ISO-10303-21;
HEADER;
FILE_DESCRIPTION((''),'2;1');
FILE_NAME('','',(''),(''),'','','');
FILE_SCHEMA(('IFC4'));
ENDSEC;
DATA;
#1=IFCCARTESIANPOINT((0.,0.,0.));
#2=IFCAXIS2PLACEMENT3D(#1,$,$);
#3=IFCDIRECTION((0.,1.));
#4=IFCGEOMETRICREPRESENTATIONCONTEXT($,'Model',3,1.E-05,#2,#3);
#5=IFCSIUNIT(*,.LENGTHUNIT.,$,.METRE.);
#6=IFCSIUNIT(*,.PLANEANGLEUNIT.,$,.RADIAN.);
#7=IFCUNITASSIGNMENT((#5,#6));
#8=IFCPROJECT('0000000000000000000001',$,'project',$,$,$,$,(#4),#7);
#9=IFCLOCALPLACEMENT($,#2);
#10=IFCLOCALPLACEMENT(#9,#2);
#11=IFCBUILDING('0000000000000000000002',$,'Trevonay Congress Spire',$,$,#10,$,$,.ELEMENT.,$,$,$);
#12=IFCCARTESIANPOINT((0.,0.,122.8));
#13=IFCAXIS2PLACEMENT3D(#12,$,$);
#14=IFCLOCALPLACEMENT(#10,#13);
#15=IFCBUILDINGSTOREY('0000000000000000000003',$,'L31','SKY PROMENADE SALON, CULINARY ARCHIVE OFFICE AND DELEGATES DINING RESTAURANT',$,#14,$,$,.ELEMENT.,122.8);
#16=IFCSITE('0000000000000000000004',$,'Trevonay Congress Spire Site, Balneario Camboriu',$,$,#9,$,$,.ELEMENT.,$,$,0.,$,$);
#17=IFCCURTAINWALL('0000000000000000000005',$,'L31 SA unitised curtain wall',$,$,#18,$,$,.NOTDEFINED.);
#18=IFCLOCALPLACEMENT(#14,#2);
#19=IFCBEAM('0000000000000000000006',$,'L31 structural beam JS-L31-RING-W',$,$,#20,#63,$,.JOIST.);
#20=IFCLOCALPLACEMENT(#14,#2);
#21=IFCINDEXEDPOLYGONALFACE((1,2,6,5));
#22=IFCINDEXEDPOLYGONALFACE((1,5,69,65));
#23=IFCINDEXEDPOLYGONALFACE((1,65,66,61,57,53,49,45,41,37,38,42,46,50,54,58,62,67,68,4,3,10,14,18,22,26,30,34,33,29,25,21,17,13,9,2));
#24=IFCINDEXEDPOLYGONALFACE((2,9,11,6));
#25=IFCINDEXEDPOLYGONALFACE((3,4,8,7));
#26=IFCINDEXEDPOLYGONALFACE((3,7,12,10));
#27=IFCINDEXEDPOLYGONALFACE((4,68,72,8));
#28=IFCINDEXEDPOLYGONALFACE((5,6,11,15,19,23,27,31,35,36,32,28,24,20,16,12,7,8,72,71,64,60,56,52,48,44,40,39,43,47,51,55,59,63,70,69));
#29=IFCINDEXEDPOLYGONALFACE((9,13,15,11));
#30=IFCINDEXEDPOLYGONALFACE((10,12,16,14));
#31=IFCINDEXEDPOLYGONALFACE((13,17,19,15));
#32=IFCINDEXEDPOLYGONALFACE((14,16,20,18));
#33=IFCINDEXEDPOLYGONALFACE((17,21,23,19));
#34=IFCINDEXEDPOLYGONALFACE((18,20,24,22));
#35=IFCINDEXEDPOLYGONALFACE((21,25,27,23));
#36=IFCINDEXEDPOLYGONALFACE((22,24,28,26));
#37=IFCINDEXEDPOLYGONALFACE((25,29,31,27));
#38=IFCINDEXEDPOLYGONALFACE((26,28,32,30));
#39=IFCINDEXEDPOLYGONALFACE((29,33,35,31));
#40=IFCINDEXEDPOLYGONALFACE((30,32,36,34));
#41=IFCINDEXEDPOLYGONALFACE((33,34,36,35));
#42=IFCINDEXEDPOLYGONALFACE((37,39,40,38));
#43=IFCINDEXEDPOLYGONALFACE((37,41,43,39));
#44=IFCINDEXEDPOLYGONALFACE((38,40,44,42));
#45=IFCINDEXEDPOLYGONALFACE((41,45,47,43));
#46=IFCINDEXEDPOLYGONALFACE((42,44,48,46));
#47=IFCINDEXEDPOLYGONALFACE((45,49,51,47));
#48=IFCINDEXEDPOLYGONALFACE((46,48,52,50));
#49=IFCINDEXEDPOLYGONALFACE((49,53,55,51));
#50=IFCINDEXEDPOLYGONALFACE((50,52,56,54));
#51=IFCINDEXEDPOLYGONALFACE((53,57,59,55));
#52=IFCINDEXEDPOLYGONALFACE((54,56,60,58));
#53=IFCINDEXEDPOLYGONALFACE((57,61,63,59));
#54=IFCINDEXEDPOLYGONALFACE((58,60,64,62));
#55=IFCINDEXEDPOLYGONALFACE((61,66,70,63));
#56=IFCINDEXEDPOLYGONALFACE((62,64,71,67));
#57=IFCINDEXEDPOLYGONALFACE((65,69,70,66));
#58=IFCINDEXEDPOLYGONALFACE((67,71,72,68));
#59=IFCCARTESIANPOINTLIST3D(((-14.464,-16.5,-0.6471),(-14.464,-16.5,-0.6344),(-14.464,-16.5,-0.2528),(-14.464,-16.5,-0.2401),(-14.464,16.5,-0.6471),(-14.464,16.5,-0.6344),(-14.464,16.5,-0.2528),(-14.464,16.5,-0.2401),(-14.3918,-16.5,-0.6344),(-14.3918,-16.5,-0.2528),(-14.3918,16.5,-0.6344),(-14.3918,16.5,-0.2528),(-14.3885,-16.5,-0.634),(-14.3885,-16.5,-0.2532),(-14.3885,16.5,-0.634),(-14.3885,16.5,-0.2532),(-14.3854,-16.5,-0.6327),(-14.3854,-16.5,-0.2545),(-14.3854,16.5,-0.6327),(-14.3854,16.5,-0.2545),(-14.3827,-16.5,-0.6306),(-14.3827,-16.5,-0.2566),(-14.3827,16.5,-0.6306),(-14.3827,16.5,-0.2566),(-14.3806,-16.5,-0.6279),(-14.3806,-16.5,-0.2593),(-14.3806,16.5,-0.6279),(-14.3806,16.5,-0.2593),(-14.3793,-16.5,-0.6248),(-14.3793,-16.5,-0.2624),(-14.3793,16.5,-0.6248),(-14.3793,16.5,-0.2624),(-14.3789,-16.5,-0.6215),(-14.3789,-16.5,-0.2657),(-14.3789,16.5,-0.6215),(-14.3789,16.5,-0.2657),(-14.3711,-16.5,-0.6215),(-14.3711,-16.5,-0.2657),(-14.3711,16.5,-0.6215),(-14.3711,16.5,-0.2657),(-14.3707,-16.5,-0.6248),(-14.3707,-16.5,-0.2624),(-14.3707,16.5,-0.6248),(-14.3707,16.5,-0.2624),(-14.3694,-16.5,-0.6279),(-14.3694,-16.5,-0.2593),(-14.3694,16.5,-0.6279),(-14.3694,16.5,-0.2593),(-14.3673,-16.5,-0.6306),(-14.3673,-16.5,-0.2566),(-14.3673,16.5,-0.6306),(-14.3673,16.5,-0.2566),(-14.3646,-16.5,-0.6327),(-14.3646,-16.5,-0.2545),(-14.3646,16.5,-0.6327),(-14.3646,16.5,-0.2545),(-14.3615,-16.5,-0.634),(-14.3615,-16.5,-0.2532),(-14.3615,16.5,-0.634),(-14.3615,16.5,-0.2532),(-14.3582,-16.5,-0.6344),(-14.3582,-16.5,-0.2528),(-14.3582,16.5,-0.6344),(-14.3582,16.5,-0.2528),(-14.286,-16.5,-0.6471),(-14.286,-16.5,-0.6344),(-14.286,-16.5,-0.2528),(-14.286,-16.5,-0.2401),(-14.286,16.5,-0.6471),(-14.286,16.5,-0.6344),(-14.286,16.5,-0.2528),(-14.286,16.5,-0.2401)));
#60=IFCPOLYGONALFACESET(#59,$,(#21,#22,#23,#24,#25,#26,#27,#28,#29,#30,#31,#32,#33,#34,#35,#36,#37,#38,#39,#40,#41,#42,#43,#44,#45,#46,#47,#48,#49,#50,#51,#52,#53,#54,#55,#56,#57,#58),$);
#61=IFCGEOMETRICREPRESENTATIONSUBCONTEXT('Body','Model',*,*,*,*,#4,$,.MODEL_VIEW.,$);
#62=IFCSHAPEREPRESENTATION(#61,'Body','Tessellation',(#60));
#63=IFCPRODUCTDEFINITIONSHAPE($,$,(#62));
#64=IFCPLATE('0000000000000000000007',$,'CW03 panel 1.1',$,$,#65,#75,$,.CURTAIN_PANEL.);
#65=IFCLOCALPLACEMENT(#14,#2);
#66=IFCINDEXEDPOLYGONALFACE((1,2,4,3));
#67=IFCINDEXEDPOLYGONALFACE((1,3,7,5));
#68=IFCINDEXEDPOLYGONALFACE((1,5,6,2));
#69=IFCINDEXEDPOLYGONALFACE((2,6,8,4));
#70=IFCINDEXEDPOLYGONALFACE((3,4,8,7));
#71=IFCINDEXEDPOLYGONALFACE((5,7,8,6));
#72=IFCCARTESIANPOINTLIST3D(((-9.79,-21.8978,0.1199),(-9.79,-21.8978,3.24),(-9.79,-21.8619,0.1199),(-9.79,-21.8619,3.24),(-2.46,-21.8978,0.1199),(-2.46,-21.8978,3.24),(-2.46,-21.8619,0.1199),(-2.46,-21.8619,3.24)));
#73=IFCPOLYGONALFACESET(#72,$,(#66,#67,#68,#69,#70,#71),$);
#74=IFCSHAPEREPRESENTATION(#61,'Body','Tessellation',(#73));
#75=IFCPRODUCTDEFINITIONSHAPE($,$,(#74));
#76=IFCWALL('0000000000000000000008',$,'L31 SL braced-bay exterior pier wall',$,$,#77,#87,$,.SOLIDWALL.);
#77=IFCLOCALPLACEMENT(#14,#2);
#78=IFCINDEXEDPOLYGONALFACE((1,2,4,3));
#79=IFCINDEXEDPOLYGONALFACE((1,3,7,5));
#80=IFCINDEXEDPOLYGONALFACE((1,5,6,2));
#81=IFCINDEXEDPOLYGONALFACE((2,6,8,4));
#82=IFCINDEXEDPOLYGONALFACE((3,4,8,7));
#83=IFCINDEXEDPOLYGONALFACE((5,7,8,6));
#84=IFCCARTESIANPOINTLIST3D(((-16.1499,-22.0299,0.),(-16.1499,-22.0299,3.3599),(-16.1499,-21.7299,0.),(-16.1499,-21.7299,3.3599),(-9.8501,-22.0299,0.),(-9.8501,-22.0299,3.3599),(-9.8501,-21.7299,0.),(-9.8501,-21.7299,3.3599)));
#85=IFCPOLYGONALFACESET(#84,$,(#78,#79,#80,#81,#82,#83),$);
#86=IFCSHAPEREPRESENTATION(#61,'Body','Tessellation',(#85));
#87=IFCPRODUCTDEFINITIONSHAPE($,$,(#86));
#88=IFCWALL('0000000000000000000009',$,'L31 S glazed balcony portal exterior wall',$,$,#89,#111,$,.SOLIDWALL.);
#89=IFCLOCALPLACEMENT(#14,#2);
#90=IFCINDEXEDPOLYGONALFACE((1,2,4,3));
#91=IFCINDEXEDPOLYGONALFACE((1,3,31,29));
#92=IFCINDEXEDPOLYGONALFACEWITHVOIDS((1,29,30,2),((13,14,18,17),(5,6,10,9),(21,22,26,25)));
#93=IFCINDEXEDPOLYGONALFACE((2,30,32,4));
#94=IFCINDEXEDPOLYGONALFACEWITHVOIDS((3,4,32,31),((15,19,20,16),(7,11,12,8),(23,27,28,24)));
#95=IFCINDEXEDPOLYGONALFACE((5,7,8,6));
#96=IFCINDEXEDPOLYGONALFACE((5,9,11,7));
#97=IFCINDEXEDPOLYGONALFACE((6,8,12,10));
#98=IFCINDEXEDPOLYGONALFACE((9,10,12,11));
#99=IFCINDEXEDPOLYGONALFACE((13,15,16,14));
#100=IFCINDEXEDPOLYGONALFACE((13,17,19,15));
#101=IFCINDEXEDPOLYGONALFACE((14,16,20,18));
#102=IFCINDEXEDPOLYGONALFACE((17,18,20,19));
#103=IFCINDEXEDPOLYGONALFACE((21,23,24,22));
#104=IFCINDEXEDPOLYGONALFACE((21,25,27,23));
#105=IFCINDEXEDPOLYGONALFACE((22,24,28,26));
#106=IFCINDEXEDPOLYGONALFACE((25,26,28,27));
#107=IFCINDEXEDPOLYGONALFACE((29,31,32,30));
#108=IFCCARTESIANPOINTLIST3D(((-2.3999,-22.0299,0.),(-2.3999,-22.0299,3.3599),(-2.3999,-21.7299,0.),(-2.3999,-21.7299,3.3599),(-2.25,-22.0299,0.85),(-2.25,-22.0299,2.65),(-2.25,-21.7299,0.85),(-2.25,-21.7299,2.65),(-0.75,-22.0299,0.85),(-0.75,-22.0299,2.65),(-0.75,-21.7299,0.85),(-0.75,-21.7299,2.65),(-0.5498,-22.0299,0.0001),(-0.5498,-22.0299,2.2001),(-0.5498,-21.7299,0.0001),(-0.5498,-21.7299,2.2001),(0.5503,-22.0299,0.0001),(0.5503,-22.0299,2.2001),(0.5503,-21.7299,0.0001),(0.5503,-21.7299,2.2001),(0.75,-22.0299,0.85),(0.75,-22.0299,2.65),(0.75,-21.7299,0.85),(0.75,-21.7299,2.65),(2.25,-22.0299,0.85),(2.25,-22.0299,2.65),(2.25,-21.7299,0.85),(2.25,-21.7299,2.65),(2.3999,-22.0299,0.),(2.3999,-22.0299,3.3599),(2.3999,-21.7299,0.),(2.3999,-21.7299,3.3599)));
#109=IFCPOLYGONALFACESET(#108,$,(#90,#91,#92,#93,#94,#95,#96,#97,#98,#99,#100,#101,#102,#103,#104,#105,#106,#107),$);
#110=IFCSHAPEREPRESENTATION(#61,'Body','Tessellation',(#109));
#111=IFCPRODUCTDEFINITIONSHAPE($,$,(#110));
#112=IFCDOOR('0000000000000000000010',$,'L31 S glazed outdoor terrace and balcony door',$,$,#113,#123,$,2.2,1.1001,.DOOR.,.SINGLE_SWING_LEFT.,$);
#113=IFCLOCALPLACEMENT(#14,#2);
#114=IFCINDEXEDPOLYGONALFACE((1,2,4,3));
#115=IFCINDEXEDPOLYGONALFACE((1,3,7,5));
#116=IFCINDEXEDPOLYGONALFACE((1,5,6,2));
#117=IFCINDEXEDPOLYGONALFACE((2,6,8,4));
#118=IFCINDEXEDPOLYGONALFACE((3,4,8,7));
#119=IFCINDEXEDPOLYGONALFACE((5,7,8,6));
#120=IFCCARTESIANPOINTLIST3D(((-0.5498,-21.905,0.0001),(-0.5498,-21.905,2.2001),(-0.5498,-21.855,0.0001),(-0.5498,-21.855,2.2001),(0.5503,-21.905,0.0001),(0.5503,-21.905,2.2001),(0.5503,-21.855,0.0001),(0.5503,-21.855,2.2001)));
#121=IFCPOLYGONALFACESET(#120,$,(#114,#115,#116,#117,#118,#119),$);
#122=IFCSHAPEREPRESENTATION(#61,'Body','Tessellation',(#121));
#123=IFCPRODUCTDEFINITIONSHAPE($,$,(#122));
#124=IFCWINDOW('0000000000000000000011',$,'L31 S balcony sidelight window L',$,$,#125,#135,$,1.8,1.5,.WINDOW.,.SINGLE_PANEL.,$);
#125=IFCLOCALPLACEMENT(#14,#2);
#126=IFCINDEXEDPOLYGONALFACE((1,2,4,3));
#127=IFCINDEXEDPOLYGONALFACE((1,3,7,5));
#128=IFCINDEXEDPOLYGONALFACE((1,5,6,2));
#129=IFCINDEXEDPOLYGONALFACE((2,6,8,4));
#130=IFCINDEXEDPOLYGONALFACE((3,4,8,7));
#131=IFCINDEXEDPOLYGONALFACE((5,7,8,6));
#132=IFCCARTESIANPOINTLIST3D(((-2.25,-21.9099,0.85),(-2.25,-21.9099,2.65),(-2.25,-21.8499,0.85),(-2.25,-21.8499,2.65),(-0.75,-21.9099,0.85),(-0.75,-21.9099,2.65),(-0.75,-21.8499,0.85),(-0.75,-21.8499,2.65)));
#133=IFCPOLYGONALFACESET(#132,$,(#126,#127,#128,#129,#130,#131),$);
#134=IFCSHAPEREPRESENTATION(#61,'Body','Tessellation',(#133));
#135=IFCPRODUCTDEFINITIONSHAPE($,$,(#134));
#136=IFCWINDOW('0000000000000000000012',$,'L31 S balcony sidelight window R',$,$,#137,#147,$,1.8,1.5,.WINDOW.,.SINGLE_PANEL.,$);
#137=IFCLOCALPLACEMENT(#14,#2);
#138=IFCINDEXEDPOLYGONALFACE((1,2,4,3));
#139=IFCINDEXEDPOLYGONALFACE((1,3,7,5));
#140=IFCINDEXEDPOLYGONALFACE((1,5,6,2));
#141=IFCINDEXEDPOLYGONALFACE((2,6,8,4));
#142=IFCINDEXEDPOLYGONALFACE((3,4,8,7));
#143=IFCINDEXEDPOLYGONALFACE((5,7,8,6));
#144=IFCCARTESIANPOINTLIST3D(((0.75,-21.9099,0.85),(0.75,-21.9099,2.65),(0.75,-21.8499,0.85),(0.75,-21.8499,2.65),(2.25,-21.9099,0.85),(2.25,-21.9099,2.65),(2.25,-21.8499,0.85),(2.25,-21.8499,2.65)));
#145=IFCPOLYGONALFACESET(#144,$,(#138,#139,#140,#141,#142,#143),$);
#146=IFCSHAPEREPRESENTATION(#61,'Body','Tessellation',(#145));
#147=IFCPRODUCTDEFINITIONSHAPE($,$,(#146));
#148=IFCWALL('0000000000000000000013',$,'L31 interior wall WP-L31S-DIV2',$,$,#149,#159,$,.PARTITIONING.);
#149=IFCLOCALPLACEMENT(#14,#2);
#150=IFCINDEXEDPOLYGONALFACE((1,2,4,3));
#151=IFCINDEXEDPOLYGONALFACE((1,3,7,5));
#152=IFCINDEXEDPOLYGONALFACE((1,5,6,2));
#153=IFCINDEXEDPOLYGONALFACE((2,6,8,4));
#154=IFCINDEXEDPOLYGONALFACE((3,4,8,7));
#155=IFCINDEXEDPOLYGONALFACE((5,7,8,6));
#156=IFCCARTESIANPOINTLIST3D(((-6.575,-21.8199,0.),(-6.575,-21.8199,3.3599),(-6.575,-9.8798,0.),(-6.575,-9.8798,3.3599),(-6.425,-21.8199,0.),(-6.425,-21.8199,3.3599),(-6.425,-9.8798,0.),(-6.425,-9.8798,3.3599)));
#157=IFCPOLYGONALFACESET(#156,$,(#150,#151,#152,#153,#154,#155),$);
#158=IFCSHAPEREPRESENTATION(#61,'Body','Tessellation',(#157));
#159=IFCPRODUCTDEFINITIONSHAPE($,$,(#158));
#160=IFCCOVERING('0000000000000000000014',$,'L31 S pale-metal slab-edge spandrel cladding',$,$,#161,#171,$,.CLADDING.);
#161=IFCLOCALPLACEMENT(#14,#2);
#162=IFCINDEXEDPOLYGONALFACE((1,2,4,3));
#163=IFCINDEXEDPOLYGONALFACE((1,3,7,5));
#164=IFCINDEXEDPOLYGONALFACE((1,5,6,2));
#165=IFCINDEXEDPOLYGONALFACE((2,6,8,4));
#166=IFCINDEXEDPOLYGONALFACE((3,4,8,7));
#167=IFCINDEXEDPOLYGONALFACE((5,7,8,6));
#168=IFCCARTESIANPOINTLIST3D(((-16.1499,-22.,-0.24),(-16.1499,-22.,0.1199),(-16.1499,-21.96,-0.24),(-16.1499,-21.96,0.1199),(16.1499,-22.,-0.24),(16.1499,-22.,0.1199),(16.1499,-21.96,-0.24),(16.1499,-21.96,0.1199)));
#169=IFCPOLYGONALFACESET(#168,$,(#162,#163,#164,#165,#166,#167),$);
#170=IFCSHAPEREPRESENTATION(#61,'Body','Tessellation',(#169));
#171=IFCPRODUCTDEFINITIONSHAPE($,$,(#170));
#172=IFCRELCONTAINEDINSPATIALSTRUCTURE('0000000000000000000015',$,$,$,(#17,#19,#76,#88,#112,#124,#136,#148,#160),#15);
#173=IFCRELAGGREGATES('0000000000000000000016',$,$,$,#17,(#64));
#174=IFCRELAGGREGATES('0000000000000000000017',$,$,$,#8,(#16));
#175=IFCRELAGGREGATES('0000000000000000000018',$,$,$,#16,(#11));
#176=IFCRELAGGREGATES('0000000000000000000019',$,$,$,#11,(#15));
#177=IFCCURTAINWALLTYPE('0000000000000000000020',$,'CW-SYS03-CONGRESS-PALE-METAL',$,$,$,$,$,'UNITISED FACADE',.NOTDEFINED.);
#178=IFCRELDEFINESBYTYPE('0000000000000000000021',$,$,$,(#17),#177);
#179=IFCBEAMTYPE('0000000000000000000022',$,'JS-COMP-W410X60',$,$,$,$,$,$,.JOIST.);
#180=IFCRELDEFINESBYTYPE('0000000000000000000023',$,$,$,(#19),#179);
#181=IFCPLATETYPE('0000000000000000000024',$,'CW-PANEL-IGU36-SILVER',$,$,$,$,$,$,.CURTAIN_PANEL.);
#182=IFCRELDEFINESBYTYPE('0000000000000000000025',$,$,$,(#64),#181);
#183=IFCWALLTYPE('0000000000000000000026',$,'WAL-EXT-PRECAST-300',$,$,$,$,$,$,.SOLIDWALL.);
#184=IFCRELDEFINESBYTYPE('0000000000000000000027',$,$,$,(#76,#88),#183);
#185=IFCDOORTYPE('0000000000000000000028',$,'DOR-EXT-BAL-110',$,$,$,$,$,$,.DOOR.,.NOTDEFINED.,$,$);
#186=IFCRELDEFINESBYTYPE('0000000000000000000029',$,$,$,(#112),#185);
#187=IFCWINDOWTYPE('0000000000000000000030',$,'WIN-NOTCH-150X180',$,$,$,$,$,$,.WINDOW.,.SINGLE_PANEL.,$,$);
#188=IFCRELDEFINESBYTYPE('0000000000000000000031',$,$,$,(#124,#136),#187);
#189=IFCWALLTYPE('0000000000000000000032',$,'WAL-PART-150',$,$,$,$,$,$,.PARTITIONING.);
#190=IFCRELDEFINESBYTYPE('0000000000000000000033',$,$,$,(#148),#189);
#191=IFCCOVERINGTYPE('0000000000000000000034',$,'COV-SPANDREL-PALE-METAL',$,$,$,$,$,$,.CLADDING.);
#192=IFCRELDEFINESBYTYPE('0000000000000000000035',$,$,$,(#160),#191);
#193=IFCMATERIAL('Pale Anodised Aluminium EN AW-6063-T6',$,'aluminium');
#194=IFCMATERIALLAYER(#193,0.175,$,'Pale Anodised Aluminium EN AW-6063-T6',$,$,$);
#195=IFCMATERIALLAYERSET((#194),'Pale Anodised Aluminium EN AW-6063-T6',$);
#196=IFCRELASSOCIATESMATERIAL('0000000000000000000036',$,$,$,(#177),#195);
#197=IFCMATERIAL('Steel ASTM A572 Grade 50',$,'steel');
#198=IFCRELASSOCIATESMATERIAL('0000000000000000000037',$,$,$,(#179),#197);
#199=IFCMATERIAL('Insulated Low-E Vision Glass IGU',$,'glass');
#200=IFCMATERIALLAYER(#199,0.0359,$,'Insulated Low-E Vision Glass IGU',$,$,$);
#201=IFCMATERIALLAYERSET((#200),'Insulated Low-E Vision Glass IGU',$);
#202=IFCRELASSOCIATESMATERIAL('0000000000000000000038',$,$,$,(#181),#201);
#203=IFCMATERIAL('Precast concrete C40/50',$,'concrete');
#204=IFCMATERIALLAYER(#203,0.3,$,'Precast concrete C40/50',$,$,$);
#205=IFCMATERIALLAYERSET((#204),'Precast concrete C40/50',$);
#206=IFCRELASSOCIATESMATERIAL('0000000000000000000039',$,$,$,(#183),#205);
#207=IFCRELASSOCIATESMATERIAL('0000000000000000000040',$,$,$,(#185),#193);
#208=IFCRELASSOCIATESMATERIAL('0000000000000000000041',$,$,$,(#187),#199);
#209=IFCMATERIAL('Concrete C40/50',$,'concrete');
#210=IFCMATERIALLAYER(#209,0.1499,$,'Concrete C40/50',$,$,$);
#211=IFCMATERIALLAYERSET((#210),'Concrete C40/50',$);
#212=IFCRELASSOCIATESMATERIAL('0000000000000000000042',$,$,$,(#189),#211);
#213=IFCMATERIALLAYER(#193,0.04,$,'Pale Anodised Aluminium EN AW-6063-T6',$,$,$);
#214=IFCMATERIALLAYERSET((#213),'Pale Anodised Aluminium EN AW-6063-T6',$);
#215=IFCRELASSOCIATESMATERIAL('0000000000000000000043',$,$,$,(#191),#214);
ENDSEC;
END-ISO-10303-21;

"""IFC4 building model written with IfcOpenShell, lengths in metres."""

from ifc_helpers import new_model, si_unit, direction, frame, frame_2d, origin, origin_2d, place, context, subcontext, project, spatial, rectangle, i_section, extrude, material, layer, layer_set, material_profile, profile_set, type_object, element, fill, aggregate, save


model = new_model("IFC4")

# Units and contexts
model_context = context("Model", 3, precision=1e-05, world=origin(), true_north=direction((0.0, 1.0)))
body_context = subcontext(model_context, "Body", "Model", "MODEL_VIEW")
ifc_project = project(units=[si_unit("LENGTHUNIT", "METRE"), si_unit("PLANEANGLEUNIT", "RADIAN")], contexts=[model_context])

# Site, building, storey
site_placement = place(None, origin())
site = spatial("IfcSite", under=ifc_project, at=site_placement, Name="Trevonay Congress Spire Site, Balneario Camboriu", CompositionType="ELEMENT", RefElevation=0.0)
building_placement = place(site_placement, origin())
building = spatial("IfcBuilding", under=site, at=building_placement, Name="Trevonay Congress Spire", CompositionType="ELEMENT")
storey_placement = place(building_placement, frame((0.0, 0.0, 122.8)))
storey = spatial("IfcBuildingStorey", under=building, at=storey_placement, Name="L31", Description="SKY PROMENADE SALON, CULINARY ARCHIVE OFFICE AND DELEGATES DINING RESTAURANT", CompositionType="ELEMENT", Elevation=122.8)

# Shared definitions
ifc_material_1 = material(Name="Steel ASTM A572 Grade 50", Category="steel")

# Curtain wall
ifc_material_2 = material(Name="Pale Anodised Aluminium EN AW-6063-T6", Category="aluminium")
ifc_layer_1 = layer(ifc_material_2, 0.175, Name="Pale Anodised Aluminium EN AW-6063-T6")
ifc_layer_set_1 = layer_set([ifc_layer_1], Name="Pale Anodised Aluminium EN AW-6063-T6")
curtain_wall_type = type_object("IfcCurtainWallType", Name="CW-SYS03-CONGRESS-PALE-METAL", ElementType="UNITISED FACADE", PredefinedType="NOTDEFINED", material=ifc_layer_set_1)
curtain_wall_placement = place(storey_placement, origin())
curtain_wall = element("IfcCurtainWall", 1, at=curtain_wall_placement, inside=storey, type_object=curtain_wall_type, Name="L31 SA unitised curtain wall", PredefinedType="NOTDEFINED")

# Beam
ifc_material_profile_1 = material_profile(ifc_material_1, i_section(OverallWidth=0.178, OverallDepth=0.407, WebThickness=0.0078, FlangeThickness=0.0127, FilletRadius=0.0129, at=origin_2d()), Name="W410x60")
ifc_profile_set_1 = profile_set([ifc_material_profile_1], Name="Steel ASTM A572 Grade 50")
beam_type_1 = type_object("IfcBeamType", Name="JS-COMP-W410X60", PredefinedType="JOIST", material=ifc_profile_set_1)
beam_1_placement = place(storey_placement, frame((-14.375, -16.5, -0.4436), z_axis=(0.0, 1.0, 0.0), x_axis=(-1.0, 0.0, 0.0)))
element("IfcBeam", 2, at=beam_1_placement, inside=storey, type_object=beam_type_1, Name="L31 structural beam JS-L31-RING-W", PredefinedType="JOIST", context=body_context, shape_type="SweptSolid", body=[
    extrude(i_section(OverallWidth=0.178, OverallDepth=0.407, WebThickness=0.0078, FlangeThickness=0.0127, FilletRadius=0.0129, at=origin_2d()), origin(), (0.0, 0.0, 1.0), 33.0),
])

# Plate
ifc_material_3 = material(Name="Insulated Low-E Vision Glass IGU", Category="glass")
ifc_layer_2 = layer(ifc_material_3, 0.0359, Name="Insulated Low-E Vision Glass IGU")
ifc_layer_set_2 = layer_set([ifc_layer_2], Name="Insulated Low-E Vision Glass IGU")
plate_type = type_object("IfcPlateType", Name="CW-PANEL-IGU36-SILVER", PredefinedType="CURTAIN_PANEL", material=ifc_layer_set_2)
plate_placement = place(storey_placement, frame((-6.125, -21.8799, 0.1199), z_axis=(0.0, 0.0, 1.0), x_axis=(1.0, 0.0, 0.0)))
plate = element("IfcPlate", 3, at=plate_placement, type_object=plate_type, Name="CW03 panel 1.1", PredefinedType="CURTAIN_PANEL", context=body_context, shape_type="SweptSolid", body=[
    extrude(rectangle(XDim=7.3301, YDim=0.0359, at=origin_2d()), origin(), (0.0, 0.0, 1.0), 3.1201),
])
aggregate(curtain_wall, [plate])

# Wall
ifc_material_4 = material(Name="Precast concrete C40/50", Category="concrete")
ifc_layer_3 = layer(ifc_material_4, 0.3, Name="Precast concrete C40/50")
ifc_layer_set_3 = layer_set([ifc_layer_3], Name="Precast concrete C40/50")
wall_type_1 = type_object("IfcWallType", Name="WAL-EXT-PRECAST-300", PredefinedType="SOLIDWALL", material=ifc_layer_set_3)
wall_1_placement = place(storey_placement, frame((-16.1499, -21.8799, 0.0), z_axis=(0.0, 0.0, 1.0), x_axis=(1.0, 0.0, 0.0)))
element("IfcWall", 4, at=wall_1_placement, inside=storey, type_object=wall_type_1, Name="L31 SL braced-bay exterior pier wall", PredefinedType="SOLIDWALL", context=body_context, shape_type="SweptSolid", body=[
    extrude(rectangle(XDim=6.2998, YDim=0.3, at=frame_2d((3.1499, 0.0))), origin(), (0.0, 0.0, 1.0), 3.3599),
])

# Wall, openings, door, windows
wall_2_placement = place(storey_placement, frame((-2.3999, -21.8799, 0.0), z_axis=(0.0, 0.0, 1.0), x_axis=(1.0, 0.0, 0.0)))
wall_2 = element("IfcWall", 5, at=wall_2_placement, inside=storey, type_object=wall_type_1, Name="L31 S glazed balcony portal exterior wall", PredefinedType="SOLIDWALL", context=body_context, shape_type="SweptSolid", body=[
    extrude(rectangle(XDim=4.7998, YDim=0.3, at=frame_2d((2.3999, 0.0))), origin(), (0.0, 0.0, 1.0), 3.3599),
])
opening_1_placement = place(wall_2_placement, frame((1.8501, 0.0, 0.0)))
opening_1 = element("IfcOpeningElement", 6, at=opening_1_placement, cuts=wall_2, PredefinedType="OPENING", context=body_context, shape_type="SweptSolid", body=[
    extrude(rectangle(XDim=1.1001, YDim=2.2, at=frame_2d((0.55, 1.1001))), frame((0.0, 0.1602, 0.0), z_axis=(0.0, -1.0, 0.0), x_axis=(1.0, 0.0, 0.0)), (0.0, 0.0, 1.0), 0.3201),
])
opening_2_placement = place(wall_2_placement, frame((0.1499, 0.0, 0.8501)))
opening_2 = element("IfcOpeningElement", 7, at=opening_2_placement, cuts=wall_2, PredefinedType="OPENING", context=body_context, shape_type="SweptSolid", body=[
    extrude(rectangle(XDim=1.5, YDim=1.8, at=frame_2d((0.75, 0.8999))), frame((0.0, 0.1602, 0.0), z_axis=(0.0, -1.0, 0.0), x_axis=(1.0, 0.0, 0.0)), (0.0, 0.0, 1.0), 0.3201),
])
opening_3_placement = place(wall_2_placement, frame((3.1499, 0.0, 0.8501)))
opening_3 = element("IfcOpeningElement", 8, at=opening_3_placement, cuts=wall_2, PredefinedType="OPENING", context=body_context, shape_type="SweptSolid", body=[
    extrude(rectangle(XDim=1.5, YDim=1.8, at=frame_2d((0.75, 0.8999))), frame((0.0, 0.1602, 0.0), z_axis=(0.0, -1.0, 0.0), x_axis=(1.0, 0.0, 0.0)), (0.0, 0.0, 1.0), 0.3201),
])
door_type = type_object("IfcDoorType", Name="DOR-EXT-BAL-110", OperationType="NOTDEFINED", PredefinedType="DOOR", material=ifc_material_2)
door_placement = place(opening_1_placement, origin())
door = element("IfcDoor", 9, at=door_placement, inside=storey, type_object=door_type, Name="L31 S glazed outdoor terrace and balcony door", OperationType="SINGLE_SWING_LEFT", OverallHeight=2.2, OverallWidth=1.1001, PredefinedType="DOOR", context=body_context, shape_type="SweptSolid", body=[
    extrude(rectangle(XDim=1.1001, YDim=2.2, at=frame_2d((0.55, 1.1001))), frame((0.0, 0.0249, 0.0), z_axis=(0.0, -1.0, 0.0), x_axis=(1.0, 0.0, 0.0)), (0.0, 0.0, 1.0), 0.05),
])
fill(opening_1, door)
window_type = type_object("IfcWindowType", Name="WIN-NOTCH-150X180", PartitioningType="SINGLE_PANEL", PredefinedType="WINDOW", material=ifc_material_3)
window_1_placement = place(opening_2_placement, origin())
window_1 = element("IfcWindow", 10, at=window_1_placement, inside=storey, type_object=window_type, Name="L31 S balcony sidelight window L", OverallHeight=1.8, OverallWidth=1.5, PartitioningType="SINGLE_PANEL", PredefinedType="WINDOW", context=body_context, shape_type="SweptSolid", body=[
    extrude(rectangle(XDim=1.5, YDim=1.8, at=frame_2d((0.75, 0.8999))), frame((0.0, 0.03, 0.0), z_axis=(0.0, -1.0, 0.0), x_axis=(1.0, 0.0, 0.0)), (0.0, 0.0, 1.0), 0.0601),
])
fill(opening_2, window_1)
window_2_placement = place(opening_3_placement, origin())
window_2 = element("IfcWindow", 11, at=window_2_placement, inside=storey, type_object=window_type, Name="L31 S balcony sidelight window R", OverallHeight=1.8, OverallWidth=1.5, PartitioningType="SINGLE_PANEL", PredefinedType="WINDOW", context=body_context, shape_type="SweptSolid", body=[
    extrude(rectangle(XDim=1.5, YDim=1.8, at=frame_2d((0.75, 0.8999))), frame((0.0, 0.03, 0.0), z_axis=(0.0, -1.0, 0.0), x_axis=(1.0, 0.0, 0.0)), (0.0, 0.0, 1.0), 0.0601),
])
fill(opening_3, window_2)

# Wall
ifc_material_5 = material(Name="Concrete C40/50", Category="concrete")
ifc_layer_4 = layer(ifc_material_5, 0.1499, Name="Concrete C40/50")
ifc_layer_set_4 = layer_set([ifc_layer_4], Name="Concrete C40/50")
wall_type_2 = type_object("IfcWallType", Name="WAL-PART-150", PredefinedType="PARTITIONING", material=ifc_layer_set_4)
wall_3_placement = place(storey_placement, frame((-6.5, -21.8201, 0.0), z_axis=(0.0, 0.0, 1.0), x_axis=(0.0, 1.0, 0.0)))
element("IfcWall", 12, at=wall_3_placement, inside=storey, type_object=wall_type_2, Name="L31 interior wall WP-L31S-DIV2", PredefinedType="PARTITIONING", context=body_context, shape_type="SweptSolid", body=[
    extrude(rectangle(XDim=11.9402, YDim=0.1499, at=frame_2d((5.9702, 0.0))), origin(), (0.0, 0.0, 1.0), 3.3599),
])

# Covering
ifc_layer_5 = layer(ifc_material_2, 0.04, Name="Pale Anodised Aluminium EN AW-6063-T6")
ifc_layer_set_5 = layer_set([ifc_layer_5], Name="Pale Anodised Aluminium EN AW-6063-T6")
covering_type = type_object("IfcCoveringType", Name="COV-SPANDREL-PALE-METAL", PredefinedType="CLADDING", material=ifc_layer_set_5)
covering_placement = place(storey_placement, frame((-16.1499, -21.98, -0.24), z_axis=(0.0, 0.0, 1.0), x_axis=(1.0, 0.0, 0.0)))
element("IfcCovering", 13, at=covering_placement, inside=storey, type_object=covering_type, Name="L31 S pale-metal slab-edge spandrel cladding", PredefinedType="CLADDING", context=body_context, shape_type="SweptSolid", body=[
    extrude(rectangle(XDim=32.2998, YDim=0.04, at=frame_2d((16.1499, 0.0))), origin(), (0.0, 0.0, 1.0), 0.3599),
])

save(model, "model.ifc")
